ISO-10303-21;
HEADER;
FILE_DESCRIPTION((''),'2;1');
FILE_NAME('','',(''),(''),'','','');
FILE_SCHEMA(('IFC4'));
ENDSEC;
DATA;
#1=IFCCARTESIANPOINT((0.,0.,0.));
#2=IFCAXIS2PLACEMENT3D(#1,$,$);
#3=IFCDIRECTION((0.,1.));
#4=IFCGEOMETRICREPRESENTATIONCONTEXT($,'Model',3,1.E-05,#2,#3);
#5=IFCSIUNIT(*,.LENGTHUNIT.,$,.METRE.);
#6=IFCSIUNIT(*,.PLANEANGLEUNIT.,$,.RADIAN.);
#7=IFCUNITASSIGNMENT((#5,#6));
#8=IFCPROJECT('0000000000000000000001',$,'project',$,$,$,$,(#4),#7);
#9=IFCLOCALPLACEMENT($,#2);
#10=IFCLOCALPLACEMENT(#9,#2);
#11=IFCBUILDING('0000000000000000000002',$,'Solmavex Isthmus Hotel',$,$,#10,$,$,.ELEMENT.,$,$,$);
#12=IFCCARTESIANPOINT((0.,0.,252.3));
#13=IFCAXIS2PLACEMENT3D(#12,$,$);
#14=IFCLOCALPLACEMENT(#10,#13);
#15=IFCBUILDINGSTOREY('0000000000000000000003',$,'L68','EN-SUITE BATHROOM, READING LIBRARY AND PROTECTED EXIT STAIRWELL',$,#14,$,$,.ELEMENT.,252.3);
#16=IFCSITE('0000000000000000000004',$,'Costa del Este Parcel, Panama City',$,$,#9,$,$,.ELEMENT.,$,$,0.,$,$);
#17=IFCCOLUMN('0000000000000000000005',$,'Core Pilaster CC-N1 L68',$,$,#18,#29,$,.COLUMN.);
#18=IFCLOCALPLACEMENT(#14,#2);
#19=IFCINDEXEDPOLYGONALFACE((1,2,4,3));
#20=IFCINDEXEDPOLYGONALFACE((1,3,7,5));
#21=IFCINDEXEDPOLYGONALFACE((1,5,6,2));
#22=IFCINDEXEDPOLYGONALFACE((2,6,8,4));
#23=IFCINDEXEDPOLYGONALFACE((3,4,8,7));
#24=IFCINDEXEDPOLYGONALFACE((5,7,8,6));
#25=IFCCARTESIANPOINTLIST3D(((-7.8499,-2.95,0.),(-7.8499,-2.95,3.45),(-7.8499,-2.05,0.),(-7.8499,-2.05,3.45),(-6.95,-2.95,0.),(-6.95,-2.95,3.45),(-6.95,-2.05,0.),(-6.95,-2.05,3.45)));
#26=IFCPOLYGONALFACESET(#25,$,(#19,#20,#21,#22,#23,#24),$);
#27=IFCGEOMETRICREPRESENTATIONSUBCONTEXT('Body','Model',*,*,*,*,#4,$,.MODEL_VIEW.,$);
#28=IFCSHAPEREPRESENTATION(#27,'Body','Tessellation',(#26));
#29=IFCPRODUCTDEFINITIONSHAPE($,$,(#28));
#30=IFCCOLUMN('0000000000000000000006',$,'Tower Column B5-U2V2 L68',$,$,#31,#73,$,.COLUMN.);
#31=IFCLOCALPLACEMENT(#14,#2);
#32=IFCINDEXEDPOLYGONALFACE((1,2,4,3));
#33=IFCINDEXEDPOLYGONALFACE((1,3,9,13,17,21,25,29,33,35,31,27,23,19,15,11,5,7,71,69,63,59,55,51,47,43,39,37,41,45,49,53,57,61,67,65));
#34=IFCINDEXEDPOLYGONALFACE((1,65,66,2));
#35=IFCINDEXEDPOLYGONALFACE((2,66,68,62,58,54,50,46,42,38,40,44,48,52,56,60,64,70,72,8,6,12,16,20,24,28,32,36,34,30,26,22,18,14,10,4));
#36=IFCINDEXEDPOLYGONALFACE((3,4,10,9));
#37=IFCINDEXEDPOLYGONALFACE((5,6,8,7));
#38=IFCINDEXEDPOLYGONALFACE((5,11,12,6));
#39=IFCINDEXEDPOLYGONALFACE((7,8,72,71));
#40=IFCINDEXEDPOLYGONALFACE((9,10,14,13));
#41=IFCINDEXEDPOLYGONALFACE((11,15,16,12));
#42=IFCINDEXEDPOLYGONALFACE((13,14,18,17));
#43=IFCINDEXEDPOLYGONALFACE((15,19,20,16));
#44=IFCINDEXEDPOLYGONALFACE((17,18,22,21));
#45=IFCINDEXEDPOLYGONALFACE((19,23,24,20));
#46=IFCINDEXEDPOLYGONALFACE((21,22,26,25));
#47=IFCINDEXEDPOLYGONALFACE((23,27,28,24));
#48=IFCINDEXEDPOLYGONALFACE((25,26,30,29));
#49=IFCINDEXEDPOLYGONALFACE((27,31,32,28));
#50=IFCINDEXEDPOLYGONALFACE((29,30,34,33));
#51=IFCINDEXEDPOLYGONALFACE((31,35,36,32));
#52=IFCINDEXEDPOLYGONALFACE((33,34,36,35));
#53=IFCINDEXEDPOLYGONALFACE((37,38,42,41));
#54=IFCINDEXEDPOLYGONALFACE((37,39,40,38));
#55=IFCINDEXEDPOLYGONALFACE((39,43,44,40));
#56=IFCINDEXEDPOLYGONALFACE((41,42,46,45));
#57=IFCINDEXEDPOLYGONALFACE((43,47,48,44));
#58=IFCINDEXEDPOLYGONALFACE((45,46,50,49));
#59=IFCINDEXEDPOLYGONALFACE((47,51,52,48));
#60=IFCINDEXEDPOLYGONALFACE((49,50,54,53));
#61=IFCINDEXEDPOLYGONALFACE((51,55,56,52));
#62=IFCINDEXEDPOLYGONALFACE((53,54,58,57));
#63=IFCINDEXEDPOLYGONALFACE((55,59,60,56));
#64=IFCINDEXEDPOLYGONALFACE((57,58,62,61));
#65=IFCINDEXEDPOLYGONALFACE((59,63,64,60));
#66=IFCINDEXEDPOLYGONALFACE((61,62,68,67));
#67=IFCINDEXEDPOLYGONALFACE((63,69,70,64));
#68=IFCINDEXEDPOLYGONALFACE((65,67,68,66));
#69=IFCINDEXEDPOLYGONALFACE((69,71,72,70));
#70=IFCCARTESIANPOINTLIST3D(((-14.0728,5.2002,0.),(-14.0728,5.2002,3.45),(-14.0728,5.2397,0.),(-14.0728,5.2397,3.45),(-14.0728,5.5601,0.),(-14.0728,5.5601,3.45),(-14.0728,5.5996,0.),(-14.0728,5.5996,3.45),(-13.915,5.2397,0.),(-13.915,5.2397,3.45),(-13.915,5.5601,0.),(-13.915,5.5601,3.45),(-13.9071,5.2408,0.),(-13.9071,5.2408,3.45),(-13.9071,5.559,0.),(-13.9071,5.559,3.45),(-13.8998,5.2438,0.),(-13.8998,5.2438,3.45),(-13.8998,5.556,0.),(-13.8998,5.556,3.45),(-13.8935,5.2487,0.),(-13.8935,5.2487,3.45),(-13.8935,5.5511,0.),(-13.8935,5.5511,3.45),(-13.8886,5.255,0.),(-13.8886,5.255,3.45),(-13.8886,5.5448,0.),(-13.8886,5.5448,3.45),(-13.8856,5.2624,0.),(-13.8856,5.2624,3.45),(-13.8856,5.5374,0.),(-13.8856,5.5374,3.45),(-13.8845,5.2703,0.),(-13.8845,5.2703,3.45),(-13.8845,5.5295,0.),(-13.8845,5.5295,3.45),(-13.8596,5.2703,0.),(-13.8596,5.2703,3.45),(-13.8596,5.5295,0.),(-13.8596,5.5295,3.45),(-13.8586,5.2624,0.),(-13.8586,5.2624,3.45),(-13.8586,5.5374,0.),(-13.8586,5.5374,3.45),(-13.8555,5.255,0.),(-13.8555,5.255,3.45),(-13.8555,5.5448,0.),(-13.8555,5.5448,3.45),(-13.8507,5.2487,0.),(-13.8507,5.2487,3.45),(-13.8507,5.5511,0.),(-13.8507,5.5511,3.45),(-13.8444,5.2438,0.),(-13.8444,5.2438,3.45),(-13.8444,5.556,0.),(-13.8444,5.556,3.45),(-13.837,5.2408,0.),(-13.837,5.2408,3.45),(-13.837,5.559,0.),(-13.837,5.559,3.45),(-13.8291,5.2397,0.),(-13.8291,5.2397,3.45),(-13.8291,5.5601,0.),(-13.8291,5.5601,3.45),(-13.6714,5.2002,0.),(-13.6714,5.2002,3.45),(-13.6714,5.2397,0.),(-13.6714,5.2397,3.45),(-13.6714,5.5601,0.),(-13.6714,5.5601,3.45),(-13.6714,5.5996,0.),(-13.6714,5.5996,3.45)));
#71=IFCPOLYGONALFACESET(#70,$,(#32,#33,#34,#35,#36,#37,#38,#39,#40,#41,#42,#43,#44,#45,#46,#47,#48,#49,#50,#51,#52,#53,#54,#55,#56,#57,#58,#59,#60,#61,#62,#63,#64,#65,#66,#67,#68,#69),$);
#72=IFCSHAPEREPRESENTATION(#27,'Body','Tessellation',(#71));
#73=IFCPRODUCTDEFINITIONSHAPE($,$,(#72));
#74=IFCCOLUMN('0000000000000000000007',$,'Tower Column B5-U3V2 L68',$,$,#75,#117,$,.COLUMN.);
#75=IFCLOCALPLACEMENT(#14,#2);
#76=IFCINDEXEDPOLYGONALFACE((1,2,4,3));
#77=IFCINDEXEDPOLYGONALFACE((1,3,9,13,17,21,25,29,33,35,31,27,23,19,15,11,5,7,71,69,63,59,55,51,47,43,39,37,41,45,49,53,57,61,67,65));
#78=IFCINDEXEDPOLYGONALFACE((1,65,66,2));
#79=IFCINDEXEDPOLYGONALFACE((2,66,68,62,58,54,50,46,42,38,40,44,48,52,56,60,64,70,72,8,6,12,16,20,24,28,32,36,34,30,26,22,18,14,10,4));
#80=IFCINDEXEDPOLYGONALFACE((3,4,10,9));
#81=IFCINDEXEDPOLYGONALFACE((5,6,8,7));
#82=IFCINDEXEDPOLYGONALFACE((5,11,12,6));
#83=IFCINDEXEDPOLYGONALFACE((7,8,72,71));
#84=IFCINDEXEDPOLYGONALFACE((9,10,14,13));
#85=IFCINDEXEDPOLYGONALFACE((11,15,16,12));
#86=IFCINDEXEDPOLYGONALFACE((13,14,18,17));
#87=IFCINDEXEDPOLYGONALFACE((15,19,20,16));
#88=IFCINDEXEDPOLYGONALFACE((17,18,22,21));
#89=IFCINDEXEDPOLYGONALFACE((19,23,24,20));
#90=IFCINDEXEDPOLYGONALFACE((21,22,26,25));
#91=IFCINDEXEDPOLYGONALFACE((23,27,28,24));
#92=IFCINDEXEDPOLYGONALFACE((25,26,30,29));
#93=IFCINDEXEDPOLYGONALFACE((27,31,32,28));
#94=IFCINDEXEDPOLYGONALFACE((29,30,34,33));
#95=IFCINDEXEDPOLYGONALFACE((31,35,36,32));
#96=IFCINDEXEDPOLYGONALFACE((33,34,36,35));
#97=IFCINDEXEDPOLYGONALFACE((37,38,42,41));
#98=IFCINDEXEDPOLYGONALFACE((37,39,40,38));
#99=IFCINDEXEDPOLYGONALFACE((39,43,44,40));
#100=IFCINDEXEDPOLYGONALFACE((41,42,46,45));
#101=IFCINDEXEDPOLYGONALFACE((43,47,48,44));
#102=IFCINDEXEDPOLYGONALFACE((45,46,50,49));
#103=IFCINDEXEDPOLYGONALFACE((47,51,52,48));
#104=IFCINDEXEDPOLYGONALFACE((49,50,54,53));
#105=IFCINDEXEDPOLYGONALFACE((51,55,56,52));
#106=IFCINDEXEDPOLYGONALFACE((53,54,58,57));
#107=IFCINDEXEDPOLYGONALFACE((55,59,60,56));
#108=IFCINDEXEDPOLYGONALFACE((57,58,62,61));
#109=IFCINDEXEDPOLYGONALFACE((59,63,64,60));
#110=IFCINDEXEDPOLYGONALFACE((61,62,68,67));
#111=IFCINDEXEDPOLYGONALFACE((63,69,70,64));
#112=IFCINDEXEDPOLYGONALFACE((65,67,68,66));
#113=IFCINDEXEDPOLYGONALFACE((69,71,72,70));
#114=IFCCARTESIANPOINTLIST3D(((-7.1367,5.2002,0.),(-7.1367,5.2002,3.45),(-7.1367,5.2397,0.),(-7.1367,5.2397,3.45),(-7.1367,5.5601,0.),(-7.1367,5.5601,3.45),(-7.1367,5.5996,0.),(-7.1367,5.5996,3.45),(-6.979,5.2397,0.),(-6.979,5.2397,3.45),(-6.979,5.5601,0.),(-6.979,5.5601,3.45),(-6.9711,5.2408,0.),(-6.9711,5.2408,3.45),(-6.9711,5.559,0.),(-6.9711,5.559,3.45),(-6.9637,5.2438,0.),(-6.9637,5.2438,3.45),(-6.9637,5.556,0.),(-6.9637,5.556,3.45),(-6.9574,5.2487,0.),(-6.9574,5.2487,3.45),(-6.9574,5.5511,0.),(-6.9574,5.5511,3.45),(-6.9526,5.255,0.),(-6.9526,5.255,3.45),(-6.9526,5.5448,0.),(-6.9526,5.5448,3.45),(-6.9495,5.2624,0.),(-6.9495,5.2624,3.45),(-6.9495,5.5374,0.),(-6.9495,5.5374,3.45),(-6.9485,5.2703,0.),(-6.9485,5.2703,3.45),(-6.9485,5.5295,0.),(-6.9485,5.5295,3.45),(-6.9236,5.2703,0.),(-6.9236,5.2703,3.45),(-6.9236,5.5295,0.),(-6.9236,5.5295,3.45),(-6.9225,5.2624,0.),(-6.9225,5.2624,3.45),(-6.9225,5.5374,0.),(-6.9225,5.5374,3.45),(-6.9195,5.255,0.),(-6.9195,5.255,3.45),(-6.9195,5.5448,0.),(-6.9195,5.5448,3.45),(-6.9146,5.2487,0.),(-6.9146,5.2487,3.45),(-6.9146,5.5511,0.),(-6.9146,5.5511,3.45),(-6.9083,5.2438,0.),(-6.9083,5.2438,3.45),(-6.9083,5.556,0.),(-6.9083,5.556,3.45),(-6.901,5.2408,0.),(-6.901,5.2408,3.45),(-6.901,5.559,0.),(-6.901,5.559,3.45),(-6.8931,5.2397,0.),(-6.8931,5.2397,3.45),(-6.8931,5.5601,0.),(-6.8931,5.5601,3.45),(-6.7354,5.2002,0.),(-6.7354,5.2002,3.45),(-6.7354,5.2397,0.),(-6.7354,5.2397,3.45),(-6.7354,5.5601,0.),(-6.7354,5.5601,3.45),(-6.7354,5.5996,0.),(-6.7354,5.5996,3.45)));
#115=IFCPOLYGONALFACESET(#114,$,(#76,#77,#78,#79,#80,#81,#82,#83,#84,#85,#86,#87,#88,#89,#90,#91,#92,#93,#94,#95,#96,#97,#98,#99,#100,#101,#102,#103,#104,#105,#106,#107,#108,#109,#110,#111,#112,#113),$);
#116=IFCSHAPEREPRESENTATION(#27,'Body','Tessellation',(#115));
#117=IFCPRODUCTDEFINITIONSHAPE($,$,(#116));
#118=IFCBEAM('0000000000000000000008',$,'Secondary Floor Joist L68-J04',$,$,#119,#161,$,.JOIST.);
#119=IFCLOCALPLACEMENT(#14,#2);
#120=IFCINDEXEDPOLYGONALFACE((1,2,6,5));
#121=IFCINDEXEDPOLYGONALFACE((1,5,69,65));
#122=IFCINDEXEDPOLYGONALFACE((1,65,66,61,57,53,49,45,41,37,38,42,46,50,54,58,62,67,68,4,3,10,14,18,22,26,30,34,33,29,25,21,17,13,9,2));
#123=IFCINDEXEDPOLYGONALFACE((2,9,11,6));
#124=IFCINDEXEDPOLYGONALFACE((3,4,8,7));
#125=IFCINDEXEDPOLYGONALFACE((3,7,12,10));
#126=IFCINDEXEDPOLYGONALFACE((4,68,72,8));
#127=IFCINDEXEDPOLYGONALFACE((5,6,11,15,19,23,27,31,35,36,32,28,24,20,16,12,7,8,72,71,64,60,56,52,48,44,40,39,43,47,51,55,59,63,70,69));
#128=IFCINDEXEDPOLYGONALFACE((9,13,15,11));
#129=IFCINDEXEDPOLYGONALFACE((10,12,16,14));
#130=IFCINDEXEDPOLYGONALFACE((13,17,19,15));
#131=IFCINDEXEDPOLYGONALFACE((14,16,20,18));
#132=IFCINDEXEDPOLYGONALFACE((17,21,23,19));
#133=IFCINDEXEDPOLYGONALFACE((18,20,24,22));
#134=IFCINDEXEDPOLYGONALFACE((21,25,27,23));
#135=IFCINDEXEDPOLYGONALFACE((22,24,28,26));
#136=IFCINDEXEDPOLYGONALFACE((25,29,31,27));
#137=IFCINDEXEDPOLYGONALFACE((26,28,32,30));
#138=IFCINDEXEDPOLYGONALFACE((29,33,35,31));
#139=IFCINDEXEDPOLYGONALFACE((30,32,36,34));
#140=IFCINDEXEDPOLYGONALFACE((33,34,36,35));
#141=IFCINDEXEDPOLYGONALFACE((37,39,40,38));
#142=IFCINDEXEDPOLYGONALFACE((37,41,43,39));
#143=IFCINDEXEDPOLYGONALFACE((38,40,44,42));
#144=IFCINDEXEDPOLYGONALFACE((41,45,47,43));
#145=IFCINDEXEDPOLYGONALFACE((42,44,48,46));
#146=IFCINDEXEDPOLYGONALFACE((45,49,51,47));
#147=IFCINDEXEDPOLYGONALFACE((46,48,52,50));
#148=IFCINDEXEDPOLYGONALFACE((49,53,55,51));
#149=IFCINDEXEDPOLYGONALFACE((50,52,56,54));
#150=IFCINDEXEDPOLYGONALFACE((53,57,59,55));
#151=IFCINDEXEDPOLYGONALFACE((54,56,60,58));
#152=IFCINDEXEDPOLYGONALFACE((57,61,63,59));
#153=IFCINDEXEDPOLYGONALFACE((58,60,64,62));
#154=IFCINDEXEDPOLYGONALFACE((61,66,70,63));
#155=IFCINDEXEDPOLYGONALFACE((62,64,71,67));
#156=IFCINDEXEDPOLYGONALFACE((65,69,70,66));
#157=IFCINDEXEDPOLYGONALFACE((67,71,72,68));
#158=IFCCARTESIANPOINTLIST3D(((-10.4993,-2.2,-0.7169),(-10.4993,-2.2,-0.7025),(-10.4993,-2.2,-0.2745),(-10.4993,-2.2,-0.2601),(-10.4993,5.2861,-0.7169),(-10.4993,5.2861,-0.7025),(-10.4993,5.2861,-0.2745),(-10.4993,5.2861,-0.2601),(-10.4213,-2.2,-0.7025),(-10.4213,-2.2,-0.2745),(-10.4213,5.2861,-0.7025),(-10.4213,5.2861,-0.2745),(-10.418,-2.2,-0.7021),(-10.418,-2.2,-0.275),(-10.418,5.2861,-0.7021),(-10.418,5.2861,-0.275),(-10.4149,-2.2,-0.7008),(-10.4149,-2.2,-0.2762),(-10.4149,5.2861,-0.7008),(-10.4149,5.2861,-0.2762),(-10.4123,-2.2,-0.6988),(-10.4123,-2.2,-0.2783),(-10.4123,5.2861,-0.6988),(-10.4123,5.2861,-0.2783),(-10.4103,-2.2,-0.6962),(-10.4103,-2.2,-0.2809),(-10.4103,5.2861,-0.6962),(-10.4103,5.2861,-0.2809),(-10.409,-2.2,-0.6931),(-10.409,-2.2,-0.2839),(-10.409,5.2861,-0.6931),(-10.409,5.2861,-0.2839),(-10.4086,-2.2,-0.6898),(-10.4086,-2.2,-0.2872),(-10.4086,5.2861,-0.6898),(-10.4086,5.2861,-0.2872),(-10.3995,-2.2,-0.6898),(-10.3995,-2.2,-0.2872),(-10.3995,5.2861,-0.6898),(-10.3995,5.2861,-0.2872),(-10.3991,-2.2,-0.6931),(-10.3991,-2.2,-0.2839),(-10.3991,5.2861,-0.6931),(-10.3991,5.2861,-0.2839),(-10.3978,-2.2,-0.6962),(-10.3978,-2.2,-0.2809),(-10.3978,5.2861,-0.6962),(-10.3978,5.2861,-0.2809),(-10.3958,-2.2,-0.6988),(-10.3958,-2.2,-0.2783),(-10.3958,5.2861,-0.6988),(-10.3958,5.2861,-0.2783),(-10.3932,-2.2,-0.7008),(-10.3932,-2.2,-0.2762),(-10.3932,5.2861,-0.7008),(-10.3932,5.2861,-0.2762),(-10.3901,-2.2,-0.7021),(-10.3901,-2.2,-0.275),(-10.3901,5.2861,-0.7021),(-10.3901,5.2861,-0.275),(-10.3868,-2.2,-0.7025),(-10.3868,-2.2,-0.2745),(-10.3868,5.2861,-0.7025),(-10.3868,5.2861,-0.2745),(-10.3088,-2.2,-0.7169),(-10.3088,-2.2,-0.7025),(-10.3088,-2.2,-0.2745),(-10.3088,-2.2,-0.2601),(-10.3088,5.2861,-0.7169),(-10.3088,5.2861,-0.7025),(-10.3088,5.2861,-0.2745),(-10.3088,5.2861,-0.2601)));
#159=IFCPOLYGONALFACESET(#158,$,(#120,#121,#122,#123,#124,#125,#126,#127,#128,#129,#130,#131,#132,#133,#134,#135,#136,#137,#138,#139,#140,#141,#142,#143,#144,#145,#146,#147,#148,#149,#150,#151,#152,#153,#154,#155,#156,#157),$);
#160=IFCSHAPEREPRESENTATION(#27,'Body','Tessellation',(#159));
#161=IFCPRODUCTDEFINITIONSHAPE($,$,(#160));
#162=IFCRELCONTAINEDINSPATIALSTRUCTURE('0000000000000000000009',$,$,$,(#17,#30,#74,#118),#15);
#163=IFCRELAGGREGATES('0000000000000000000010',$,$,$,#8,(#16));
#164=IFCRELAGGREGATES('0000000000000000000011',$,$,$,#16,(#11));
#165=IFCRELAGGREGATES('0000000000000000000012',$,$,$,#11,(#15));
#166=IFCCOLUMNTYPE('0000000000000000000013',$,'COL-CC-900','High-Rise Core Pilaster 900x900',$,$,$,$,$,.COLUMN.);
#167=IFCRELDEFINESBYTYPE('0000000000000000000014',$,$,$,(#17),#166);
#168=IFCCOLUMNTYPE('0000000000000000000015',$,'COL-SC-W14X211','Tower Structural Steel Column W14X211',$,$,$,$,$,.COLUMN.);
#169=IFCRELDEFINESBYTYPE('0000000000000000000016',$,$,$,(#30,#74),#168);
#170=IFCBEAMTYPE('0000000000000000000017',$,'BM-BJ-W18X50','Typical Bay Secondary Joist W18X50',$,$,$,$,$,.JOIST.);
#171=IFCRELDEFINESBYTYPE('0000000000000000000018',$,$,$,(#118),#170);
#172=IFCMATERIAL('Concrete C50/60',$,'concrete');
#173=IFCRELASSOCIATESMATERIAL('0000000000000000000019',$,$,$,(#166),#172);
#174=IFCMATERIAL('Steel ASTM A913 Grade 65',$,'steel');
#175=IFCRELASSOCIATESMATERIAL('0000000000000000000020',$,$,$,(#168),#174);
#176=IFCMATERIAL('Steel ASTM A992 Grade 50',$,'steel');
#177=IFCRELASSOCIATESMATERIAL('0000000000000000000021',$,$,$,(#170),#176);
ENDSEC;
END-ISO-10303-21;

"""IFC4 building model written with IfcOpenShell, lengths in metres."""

from ifc_helpers import new_model, si_unit, direction, frame, origin, origin_2d, place, context, subcontext, project, spatial, rectangle, i_section, extrude, material, material_profile, profile_set, type_object, element, save


model = new_model("IFC4")

# Units and contexts
model_context = context("Model", 3, precision=1e-05, world=origin(), true_north=direction((0.0, 1.0)))
body_context = subcontext(model_context, "Body", "Model", "MODEL_VIEW")
ifc_project = project(units=[si_unit("LENGTHUNIT", "METRE"), si_unit("PLANEANGLEUNIT", "RADIAN")], contexts=[model_context])

# Site, building, storey
site_placement = place(None, origin())
site = spatial("IfcSite", under=ifc_project, at=site_placement, Name="Costa del Este Parcel, Panama City", CompositionType="ELEMENT", RefElevation=0.0)
building_placement = place(site_placement, origin())
building = spatial("IfcBuilding", under=site, at=building_placement, Name="Solmavex Isthmus Hotel", CompositionType="ELEMENT")
storey_placement = place(building_placement, frame((0.0, 0.0, 252.3)))
storey = spatial("IfcBuildingStorey", under=building, at=storey_placement, Name="L68", Description="EN-SUITE BATHROOM, READING LIBRARY AND PROTECTED EXIT STAIRWELL", CompositionType="ELEMENT", Elevation=252.3)

# Columns
ifc_material_1 = material(Name="Concrete C50/60", Category="concrete")
ifc_material_profile_1 = material_profile(ifc_material_1, rectangle(XDim=0.8999, YDim=0.8999, at=origin_2d()), Name="RC900X900")
ifc_profile_set_1 = profile_set([ifc_material_profile_1], Name="Concrete C50/60")
column_type_1 = type_object("IfcColumnType", Name="COL-CC-900", Description="High-Rise Core Pilaster 900x900", PredefinedType="COLUMN", material=ifc_profile_set_1)
column_placement = place(storey_placement, frame((-7.3999, -2.5, 0.0), z_axis=(0.0, 0.0, 1.0), x_axis=(1.0, 0.0, 0.0)))
element("IfcColumn", 1, at=column_placement, inside=storey, type_object=column_type_1, Name="Core Pilaster CC-N1 L68", PredefinedType="COLUMN", context=body_context, shape_type="SweptSolid", body=[
    extrude(rectangle(XDim=0.8999, YDim=0.8999, at=origin_2d()), origin(), (0.0, 0.0, 1.0), 3.45),
])
ifc_material_2 = material(Name="Steel ASTM A913 Grade 65", Category="steel")
ifc_material_profile_2 = material_profile(ifc_material_2, i_section(OverallWidth=0.4014, OverallDepth=0.3994, WebThickness=0.0249, FlangeThickness=0.0396, FilletRadius=0.0305, at=origin_2d()), Name="W14X211")
ifc_profile_set_2 = profile_set([ifc_material_profile_2], Name="Steel ASTM A913 Grade 65")
column_type_2 = type_object("IfcColumnType", Name="COL-SC-W14X211", Description="Tower Structural Steel Column W14X211", PredefinedType="COLUMN", material=ifc_profile_set_2)
for number, where, z_axis, x_axis, name in (
    (2, (-13.8721, 5.3999, 0.0), (0.0, 0.0, 1.0), (1.0, 0.0, 0.0), "Tower Column B5-U2V2 L68"),
    (3, (-6.936, 5.3999, 0.0), (0.0, 0.0, 1.0), (1.0, 0.0, 0.0), "Tower Column B5-U3V2 L68"),
):
    element("IfcColumn", number, at=place(storey_placement, frame(where, z_axis=z_axis, x_axis=x_axis)), inside=storey, type_object=column_type_2, Name=name, PredefinedType="COLUMN", context=body_context, shape_type="SweptSolid", body=[
        extrude(i_section(OverallWidth=0.4014, OverallDepth=0.3994, WebThickness=0.0249, FlangeThickness=0.0396, FilletRadius=0.0305, at=origin_2d()), origin(), (0.0, 0.0, 1.0), 3.45),
    ])

# Beam
ifc_material_3 = material(Name="Steel ASTM A992 Grade 50", Category="steel")
ifc_material_profile_3 = material_profile(ifc_material_3, i_section(OverallWidth=0.1904, OverallDepth=0.4568, WebThickness=0.009, FlangeThickness=0.0144, FilletRadius=0.0127, at=origin_2d()), Name="W18X50")
ifc_profile_set_3 = profile_set([ifc_material_profile_3], Name="Steel ASTM A992 Grade 50")
beam_type_1 = type_object("IfcBeamType", Name="BM-BJ-W18X50", Description="Typical Bay Secondary Joist W18X50", PredefinedType="JOIST", material=ifc_profile_set_3)
beam_1_placement = place(storey_placement, frame((-10.4041, -2.2, -0.4885), z_axis=(0.0, 1.0, 0.0), x_axis=(-1.0, 0.0, 0.0)))
element("IfcBeam", 4, at=beam_1_placement, inside=storey, type_object=beam_type_1, Name="Secondary Floor Joist L68-J04", PredefinedType="JOIST", context=body_context, shape_type="SweptSolid", body=[
    extrude(i_section(OverallWidth=0.1904, OverallDepth=0.4568, WebThickness=0.009, FlangeThickness=0.0144, FilletRadius=0.0127, at=origin_2d()), origin(), (0.0, 0.0, 1.0), 7.4861),
])

save(model, "model.ifc")
